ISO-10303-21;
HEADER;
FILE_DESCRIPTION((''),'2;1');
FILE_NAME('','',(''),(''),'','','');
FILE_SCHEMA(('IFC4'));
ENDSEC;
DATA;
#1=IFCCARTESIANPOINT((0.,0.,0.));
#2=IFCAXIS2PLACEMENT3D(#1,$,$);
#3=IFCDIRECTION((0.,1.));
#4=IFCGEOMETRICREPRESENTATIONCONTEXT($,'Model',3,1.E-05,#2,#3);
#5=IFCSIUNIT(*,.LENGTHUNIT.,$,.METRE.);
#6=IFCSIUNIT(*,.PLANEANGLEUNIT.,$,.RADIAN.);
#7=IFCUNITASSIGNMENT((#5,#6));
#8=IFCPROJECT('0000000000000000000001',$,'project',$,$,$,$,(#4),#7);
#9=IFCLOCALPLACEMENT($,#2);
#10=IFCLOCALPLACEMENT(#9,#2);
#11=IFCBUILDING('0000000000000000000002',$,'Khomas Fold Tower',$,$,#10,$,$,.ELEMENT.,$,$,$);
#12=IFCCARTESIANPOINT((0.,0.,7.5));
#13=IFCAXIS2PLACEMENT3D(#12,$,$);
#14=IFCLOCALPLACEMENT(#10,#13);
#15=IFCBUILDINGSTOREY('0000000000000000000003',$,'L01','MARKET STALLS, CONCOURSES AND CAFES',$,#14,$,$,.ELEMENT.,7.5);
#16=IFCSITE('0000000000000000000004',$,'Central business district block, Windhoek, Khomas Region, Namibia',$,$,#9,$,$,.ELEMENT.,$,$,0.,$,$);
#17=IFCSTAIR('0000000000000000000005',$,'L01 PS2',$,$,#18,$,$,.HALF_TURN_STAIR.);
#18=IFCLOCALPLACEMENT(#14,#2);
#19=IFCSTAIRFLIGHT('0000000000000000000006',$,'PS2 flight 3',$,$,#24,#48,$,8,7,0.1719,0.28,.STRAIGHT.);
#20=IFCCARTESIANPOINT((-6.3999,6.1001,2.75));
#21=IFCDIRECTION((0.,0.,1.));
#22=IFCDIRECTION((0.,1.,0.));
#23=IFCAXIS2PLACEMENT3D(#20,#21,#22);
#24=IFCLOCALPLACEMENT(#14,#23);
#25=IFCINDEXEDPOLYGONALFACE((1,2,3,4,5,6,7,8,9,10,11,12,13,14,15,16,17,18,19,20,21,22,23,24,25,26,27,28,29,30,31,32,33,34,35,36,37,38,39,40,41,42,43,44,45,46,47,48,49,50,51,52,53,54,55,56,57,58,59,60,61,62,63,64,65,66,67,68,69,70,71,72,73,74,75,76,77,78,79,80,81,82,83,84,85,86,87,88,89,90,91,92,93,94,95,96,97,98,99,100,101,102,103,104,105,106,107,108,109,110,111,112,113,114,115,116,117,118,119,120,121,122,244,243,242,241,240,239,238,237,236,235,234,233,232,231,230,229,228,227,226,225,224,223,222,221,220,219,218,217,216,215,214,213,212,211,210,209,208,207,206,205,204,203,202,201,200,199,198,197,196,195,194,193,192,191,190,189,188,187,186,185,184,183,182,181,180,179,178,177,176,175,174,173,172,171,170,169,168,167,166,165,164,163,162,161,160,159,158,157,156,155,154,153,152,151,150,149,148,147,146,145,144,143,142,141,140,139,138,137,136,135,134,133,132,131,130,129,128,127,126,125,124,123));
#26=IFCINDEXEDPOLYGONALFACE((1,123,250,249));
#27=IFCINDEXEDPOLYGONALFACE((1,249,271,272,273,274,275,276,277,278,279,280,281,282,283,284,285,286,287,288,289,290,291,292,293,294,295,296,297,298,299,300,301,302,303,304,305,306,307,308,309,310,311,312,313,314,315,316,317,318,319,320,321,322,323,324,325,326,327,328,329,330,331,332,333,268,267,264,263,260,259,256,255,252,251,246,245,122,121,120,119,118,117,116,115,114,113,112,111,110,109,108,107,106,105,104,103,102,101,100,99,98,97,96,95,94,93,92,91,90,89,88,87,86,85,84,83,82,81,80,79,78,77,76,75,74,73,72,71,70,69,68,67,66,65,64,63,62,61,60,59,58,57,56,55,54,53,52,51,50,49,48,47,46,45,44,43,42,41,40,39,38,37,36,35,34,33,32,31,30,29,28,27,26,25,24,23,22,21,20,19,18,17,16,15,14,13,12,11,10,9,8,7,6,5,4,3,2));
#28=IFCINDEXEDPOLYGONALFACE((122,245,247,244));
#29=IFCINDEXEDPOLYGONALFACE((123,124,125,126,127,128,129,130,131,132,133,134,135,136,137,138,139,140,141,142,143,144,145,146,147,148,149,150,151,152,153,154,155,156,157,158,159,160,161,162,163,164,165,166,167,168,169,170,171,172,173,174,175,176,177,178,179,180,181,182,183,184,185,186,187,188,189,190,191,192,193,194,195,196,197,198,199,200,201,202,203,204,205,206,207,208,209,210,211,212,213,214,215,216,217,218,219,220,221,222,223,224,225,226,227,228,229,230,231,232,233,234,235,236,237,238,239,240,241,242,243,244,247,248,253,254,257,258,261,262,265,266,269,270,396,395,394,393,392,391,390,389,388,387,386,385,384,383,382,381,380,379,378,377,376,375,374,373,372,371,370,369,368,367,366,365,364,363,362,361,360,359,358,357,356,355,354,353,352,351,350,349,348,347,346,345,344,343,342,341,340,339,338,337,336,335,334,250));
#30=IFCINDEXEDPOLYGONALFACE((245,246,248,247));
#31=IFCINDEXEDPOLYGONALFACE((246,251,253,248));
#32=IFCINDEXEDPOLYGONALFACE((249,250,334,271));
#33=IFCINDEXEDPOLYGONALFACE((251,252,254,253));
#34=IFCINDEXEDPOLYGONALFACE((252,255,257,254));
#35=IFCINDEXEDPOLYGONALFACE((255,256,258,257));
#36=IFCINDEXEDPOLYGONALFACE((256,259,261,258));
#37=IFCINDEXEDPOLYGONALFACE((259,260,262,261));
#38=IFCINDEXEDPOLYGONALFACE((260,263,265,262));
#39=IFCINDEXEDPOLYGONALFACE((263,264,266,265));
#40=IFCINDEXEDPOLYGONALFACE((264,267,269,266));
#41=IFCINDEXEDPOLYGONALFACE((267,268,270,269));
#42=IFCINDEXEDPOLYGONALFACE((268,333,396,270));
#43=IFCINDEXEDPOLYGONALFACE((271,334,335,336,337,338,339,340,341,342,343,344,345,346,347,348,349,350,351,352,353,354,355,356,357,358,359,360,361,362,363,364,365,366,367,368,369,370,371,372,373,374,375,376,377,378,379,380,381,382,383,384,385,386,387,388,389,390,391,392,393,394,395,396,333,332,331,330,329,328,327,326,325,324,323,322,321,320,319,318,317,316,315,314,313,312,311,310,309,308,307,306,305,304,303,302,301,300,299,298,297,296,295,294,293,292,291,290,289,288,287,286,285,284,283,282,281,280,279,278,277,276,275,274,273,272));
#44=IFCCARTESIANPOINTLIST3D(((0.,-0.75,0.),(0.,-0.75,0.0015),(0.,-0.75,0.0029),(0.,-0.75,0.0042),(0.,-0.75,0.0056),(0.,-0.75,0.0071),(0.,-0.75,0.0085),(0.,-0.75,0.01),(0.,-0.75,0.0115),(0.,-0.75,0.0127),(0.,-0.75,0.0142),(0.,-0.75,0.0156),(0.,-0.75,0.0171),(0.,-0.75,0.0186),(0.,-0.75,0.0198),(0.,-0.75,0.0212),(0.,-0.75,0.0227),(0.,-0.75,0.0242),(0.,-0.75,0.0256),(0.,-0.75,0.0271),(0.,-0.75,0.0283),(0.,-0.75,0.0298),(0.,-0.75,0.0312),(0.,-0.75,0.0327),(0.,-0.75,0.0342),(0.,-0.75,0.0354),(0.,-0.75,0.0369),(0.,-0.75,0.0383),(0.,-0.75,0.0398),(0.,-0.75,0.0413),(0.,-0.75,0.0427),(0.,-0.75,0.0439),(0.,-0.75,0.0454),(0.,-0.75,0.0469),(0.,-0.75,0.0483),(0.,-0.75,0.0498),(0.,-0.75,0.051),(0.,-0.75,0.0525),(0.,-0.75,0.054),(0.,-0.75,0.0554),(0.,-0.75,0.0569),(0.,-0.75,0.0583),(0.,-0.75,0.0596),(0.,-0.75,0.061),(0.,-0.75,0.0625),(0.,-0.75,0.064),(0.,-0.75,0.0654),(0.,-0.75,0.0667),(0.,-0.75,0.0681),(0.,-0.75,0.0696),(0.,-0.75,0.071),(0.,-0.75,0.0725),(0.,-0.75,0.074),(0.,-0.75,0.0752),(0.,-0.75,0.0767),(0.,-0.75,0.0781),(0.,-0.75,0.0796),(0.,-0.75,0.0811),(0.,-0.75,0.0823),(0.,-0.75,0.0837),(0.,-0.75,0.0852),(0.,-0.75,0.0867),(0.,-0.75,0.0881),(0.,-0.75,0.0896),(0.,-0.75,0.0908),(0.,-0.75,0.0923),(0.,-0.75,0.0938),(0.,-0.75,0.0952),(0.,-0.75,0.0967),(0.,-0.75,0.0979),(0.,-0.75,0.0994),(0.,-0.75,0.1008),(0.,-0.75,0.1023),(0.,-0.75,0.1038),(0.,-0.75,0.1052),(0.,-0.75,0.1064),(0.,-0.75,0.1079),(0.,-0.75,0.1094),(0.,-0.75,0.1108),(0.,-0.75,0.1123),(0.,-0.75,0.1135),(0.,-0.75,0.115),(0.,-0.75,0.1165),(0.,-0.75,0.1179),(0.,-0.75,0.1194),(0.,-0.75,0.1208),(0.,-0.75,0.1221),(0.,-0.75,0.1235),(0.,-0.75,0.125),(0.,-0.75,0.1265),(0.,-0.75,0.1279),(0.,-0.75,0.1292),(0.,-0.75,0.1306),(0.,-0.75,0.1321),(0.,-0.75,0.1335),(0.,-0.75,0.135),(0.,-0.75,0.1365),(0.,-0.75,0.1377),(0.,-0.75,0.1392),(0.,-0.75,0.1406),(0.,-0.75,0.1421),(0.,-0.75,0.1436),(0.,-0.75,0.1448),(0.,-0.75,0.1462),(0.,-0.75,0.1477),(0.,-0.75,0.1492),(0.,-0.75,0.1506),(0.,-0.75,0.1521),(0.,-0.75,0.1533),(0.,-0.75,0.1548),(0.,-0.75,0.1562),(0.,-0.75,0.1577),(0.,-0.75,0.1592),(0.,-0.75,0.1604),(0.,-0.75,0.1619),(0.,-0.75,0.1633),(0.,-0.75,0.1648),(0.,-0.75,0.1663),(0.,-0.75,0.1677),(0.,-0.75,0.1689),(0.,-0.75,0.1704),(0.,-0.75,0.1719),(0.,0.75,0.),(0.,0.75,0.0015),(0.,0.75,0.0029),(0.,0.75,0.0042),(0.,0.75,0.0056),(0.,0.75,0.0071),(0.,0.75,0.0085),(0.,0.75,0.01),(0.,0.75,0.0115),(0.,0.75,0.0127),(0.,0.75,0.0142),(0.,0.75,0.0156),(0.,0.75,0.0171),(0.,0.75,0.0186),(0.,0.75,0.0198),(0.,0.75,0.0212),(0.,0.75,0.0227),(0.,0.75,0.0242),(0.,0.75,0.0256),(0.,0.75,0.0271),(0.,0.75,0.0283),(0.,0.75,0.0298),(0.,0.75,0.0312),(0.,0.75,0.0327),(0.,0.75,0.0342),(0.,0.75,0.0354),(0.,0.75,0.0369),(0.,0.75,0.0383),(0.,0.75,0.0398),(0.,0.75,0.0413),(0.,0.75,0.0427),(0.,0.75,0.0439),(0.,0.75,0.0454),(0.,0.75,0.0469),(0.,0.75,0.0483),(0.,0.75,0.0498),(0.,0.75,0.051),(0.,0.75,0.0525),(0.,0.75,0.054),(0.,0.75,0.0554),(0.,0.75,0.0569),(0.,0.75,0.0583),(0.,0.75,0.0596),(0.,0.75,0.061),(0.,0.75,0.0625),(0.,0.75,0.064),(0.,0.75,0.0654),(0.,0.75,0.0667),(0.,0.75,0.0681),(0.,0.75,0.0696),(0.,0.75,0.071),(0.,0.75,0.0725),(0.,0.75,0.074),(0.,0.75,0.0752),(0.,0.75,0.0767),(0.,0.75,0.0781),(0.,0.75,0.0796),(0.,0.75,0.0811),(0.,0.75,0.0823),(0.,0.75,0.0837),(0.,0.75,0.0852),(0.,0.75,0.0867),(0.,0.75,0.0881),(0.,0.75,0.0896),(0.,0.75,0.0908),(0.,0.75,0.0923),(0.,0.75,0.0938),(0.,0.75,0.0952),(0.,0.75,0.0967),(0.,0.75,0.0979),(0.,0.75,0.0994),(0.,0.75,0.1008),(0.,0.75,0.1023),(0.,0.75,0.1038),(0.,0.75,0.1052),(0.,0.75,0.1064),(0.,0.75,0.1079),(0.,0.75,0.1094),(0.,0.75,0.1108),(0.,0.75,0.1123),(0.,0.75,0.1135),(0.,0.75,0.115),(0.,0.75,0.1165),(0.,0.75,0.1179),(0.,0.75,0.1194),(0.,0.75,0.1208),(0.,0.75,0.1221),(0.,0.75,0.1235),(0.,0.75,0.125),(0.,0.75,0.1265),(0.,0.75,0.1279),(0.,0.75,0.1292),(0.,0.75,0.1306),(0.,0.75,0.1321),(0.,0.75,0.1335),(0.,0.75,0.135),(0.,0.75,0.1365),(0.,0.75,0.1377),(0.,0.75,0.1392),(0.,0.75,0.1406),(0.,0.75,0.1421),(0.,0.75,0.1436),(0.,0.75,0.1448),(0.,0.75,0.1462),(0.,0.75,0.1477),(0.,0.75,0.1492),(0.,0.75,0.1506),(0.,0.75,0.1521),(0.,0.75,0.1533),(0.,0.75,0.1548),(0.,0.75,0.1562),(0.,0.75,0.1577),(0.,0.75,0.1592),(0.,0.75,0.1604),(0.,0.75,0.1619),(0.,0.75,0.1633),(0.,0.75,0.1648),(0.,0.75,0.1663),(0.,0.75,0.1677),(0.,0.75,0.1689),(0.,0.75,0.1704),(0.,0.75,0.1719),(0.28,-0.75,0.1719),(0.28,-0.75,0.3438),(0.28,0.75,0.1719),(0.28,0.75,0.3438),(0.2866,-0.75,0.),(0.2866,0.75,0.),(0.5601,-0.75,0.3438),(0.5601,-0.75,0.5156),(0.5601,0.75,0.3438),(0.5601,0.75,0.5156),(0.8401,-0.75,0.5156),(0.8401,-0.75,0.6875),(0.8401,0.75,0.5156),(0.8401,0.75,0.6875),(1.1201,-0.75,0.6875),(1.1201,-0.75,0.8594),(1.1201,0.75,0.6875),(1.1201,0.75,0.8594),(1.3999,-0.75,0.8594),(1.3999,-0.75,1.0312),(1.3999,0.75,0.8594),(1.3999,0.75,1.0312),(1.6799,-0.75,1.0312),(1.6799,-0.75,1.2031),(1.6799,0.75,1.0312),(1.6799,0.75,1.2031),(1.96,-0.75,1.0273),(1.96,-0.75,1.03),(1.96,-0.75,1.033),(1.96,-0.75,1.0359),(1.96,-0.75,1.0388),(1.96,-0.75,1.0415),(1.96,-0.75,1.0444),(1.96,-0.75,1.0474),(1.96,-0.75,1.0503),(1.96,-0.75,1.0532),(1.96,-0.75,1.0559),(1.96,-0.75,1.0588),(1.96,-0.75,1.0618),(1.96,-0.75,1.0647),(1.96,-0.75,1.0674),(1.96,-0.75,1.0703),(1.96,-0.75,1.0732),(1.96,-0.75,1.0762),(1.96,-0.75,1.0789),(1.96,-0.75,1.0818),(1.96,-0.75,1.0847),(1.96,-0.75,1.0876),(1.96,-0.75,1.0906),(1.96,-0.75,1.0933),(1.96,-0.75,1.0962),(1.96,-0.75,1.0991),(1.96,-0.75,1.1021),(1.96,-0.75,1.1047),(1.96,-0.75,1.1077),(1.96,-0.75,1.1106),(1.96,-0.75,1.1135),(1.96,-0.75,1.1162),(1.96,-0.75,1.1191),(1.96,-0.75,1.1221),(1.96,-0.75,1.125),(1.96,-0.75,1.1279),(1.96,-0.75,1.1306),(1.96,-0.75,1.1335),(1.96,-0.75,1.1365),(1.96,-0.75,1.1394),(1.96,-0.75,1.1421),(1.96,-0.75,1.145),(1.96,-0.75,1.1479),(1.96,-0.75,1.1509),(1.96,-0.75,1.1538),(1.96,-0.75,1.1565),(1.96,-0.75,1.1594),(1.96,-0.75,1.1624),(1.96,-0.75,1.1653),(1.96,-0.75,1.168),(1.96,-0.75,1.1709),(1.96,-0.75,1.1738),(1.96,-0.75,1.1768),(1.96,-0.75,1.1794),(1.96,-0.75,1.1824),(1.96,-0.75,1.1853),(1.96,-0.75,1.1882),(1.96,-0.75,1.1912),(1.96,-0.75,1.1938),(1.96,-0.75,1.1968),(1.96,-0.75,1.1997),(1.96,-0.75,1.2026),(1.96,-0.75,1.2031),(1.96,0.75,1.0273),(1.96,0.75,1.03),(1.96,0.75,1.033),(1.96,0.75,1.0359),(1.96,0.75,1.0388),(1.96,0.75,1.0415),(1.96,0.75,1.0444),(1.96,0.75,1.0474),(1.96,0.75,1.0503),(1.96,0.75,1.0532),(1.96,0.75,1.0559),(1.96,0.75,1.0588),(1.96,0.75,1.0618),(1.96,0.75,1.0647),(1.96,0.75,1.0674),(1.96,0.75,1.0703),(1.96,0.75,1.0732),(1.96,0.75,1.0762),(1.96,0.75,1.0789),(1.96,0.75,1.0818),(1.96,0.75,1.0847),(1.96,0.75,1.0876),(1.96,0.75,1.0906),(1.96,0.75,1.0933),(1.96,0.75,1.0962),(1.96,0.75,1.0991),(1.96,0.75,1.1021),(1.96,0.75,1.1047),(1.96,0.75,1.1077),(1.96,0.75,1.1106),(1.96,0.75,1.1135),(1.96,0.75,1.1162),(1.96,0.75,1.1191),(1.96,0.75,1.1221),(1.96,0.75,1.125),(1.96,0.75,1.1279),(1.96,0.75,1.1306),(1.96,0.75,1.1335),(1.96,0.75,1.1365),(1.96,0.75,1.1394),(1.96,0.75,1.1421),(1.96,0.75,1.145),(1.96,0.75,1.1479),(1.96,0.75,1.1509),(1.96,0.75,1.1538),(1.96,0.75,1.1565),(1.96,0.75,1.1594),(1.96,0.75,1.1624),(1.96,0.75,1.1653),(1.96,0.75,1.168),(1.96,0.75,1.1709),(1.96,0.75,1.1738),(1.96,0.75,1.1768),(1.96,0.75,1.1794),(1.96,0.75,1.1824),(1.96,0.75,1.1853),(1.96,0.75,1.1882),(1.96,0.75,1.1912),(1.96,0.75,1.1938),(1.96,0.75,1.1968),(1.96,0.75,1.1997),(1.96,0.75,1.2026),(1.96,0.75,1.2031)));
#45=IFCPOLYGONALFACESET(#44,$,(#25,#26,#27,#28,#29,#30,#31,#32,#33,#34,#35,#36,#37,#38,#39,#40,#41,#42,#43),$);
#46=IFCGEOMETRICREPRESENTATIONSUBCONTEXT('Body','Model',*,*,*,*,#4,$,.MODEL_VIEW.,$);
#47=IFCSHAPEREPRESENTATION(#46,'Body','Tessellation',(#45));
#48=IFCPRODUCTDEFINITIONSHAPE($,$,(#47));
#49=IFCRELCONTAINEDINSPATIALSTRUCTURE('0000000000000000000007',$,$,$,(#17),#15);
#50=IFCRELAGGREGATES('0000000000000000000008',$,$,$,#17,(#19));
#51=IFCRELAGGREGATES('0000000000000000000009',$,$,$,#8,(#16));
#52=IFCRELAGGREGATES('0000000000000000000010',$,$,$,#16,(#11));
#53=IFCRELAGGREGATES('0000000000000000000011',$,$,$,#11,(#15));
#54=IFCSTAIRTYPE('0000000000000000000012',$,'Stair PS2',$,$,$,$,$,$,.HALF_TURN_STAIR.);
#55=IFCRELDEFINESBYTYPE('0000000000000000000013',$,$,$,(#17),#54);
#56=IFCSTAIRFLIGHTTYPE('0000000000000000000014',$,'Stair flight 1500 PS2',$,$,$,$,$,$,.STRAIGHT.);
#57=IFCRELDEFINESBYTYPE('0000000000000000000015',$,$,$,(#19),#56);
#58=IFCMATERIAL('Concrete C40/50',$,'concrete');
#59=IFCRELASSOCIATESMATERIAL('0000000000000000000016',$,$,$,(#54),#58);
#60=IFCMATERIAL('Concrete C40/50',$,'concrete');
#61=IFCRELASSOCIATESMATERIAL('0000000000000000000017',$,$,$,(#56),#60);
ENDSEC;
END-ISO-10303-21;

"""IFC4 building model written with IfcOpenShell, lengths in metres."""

from ifc_helpers import new_model, si_unit, direction, frame, origin, place, context, subcontext, project, spatial, polyline, outline, extrude, source, transform, mapped, material, type_object, element, aggregate, save


model = new_model("IFC4")

# Units and contexts
model_context = context("Model", 3, precision=1e-05, world=origin(), true_north=direction((0.0, 1.0)))
body_context = subcontext(model_context, "Body", "Model", "MODEL_VIEW")
ifc_project = project(units=[si_unit("LENGTHUNIT", "METRE"), si_unit("PLANEANGLEUNIT", "RADIAN")], contexts=[model_context])

# Site, building, storey
site_placement = place(None, origin())
site = spatial("IfcSite", under=ifc_project, at=site_placement, Name="Central business district block, Windhoek, Khomas Region, Namibia", CompositionType="ELEMENT", RefElevation=0.0)
building_placement = place(site_placement, origin())
building = spatial("IfcBuilding", under=site, at=building_placement, Name="Khomas Fold Tower", CompositionType="ELEMENT")
storey_placement = place(building_placement, frame((0.0, 0.0, 7.5)))
storey = spatial("IfcBuildingStorey", under=building, at=storey_placement, Name="L01", Description="MARKET STALLS, CONCOURSES AND CAFES", CompositionType="ELEMENT", Elevation=7.5)

# Stair, stair flight
ifc_material_1 = material(Name="Concrete C40/50", Category="concrete")
stair_type = type_object("IfcStairType", Name="Stair PS2", PredefinedType="HALF_TURN_STAIR", material=ifc_material_1)
stair_placement = place(storey_placement, origin())
stair = element("IfcStair", 1, at=stair_placement, inside=storey, type_object=stair_type, Name="L01 PS2", PredefinedType="HALF_TURN_STAIR")
ifc_material_2 = material(Name="Concrete C40/50", Category="concrete")
stair_flight_type = type_object("IfcStairFlightType", Name="Stair flight 1500 PS2", PredefinedType="STRAIGHT", material=ifc_material_2)
shared_shape_1 = source(origin(), body_context, "Body", "SweptSolid", [
    extrude(outline(polyline([(0.0, 0.0), (0.0, 0.0015), (0.0, 0.0029), (0.0, 0.0042), (0.0, 0.0056), (0.0, 0.0071), (0.0, 0.0085), (0.0, 0.01), (0.0, 0.0115), (0.0, 0.0127), (0.0, 0.0142), (0.0, 0.0156), (0.0, 0.0171), (0.0, 0.0186), (0.0, 0.0198), (0.0, 0.0212), (0.0, 0.0227), (0.0, 0.0242), (0.0, 0.0256), (0.0, 0.0271), (0.0, 0.0283), (0.0, 0.0298), (0.0, 0.0312), (0.0, 0.0327), (0.0, 0.0342), (0.0, 0.0354), (0.0, 0.0369), (0.0, 0.0383), (0.0, 0.0398), (0.0, 0.0413), (0.0, 0.0427), (0.0, 0.0439), (0.0, 0.0454), (0.0, 0.0469), (0.0, 0.0483), (0.0, 0.0498), (0.0, 0.051), (0.0, 0.0525), (0.0, 0.054), (0.0, 0.0554), (0.0, 0.0569), (0.0, 0.0583), (0.0, 0.0596), (0.0, 0.061), (0.0, 0.0625), (0.0, 0.064), (0.0, 0.0654), (0.0, 0.0667), (0.0, 0.0681), (0.0, 0.0696), (0.0, 0.071), (0.0, 0.0725), (0.0, 0.074), (0.0, 0.0752), (0.0, 0.0767), (0.0, 0.0781), (0.0, 0.0796), (0.0, 0.0811), (0.0, 0.0823), (0.0, 0.0837), (0.0, 0.0852), (0.0, 0.0867), (0.0, 0.0881), (0.0, 0.0896), (0.0, 0.0908), (0.0, 0.0923), (0.0, 0.0938), (0.0, 0.0952), (0.0, 0.0967), (0.0, 0.0979), (0.0, 0.0994), (0.0, 0.1008), (0.0, 0.1023), (0.0, 0.1038), (0.0, 0.1052), (0.0, 0.1064), (0.0, 0.1079), (0.0, 0.1094), (0.0, 0.1108), (0.0, 0.1123), (0.0, 0.1135), (0.0, 0.115), (0.0, 0.1165), (0.0, 0.1179), (0.0, 0.1194), (0.0, 0.1208), (0.0, 0.1221), (0.0, 0.1235), (0.0, 0.125), (0.0, 0.1265), (0.0, 0.1279), (0.0, 0.1292), (0.0, 0.1306), (0.0, 0.1321), (0.0, 0.1335), (0.0, 0.135), (0.0, 0.1365), (0.0, 0.1377), (0.0, 0.1392), (0.0, 0.1406), (0.0, 0.1421), (0.0, 0.1436), (0.0, 0.1448), (0.0, 0.1462), (0.0, 0.1477), (0.0, 0.1492), (0.0, 0.1506), (0.0, 0.1521), (0.0, 0.1533), (0.0, 0.1548), (0.0, 0.1562), (0.0, 0.1577), (0.0, 0.1592), (0.0, 0.1604), (0.0, 0.1619), (0.0, 0.1633), (0.0, 0.1648), (0.0, 0.1663), (0.0, 0.1677), (0.0, 0.1689), (0.0, 0.1704), (0.0, 0.1719), (0.28, 0.1719), (0.28, 0.3438), (0.5601, 0.3438), (0.5601, 0.5156), (0.8401, 0.5156), (0.8401, 0.6875), (1.1201, 0.6875), (1.1201, 0.8594), (1.3999, 0.8594), (1.3999, 1.0312), (1.6799, 1.0312), (1.6799, 1.2031), (1.96, 1.2031), (1.96, 1.375), (1.96, 1.3721), (1.96, 1.3691), (1.96, 1.3665), (1.96, 1.3635), (1.96, 1.3606), (1.96, 1.3577), (1.96, 1.355), (1.96, 1.3521), (1.96, 1.3491), (1.96, 1.3462), (1.96, 1.3435), (1.96, 1.3406), (1.96, 1.3376), (1.96, 1.3347), (1.96, 1.3318), (1.96, 1.3291), (1.96, 1.3262), (1.96, 1.3232), (1.96, 1.3203), (1.96, 1.3176), (1.96, 1.3147), (1.96, 1.3118), (1.96, 1.3088), (1.96, 1.3059), (1.96, 1.3032), (1.96, 1.3003), (1.96, 1.2974), (1.96, 1.2944), (1.96, 1.2917), (1.96, 1.2888), (1.96, 1.2859), (1.96, 1.283), (1.96, 1.2803), (1.96, 1.2773), (1.96, 1.2744), (1.96, 1.2715), (1.96, 1.2686), (1.96, 1.2659), (1.96, 1.2629), (1.96, 1.26), (1.96, 1.2571), (1.96, 1.2544), (1.96, 1.2515), (1.96, 1.2485), (1.96, 1.2456), (1.96, 1.2427), (1.96, 1.24), (1.96, 1.2371), (1.96, 1.2341), (1.96, 1.2312), (1.96, 1.2285), (1.96, 1.2256), (1.96, 1.2227), (1.96, 1.2197), (1.96, 1.217), (1.96, 1.2141), (1.96, 1.2112), (1.96, 1.2083), (1.96, 1.2053), (1.96, 1.2026), (1.96, 1.1997), (1.96, 1.1968), (1.96, 1.1938), (1.96, 1.1912), (1.96, 1.1882), (1.96, 1.1853), (1.96, 1.1824), (1.96, 1.1794), (1.96, 1.1768), (1.96, 1.1738), (1.96, 1.1709), (1.96, 1.168), (1.96, 1.1653), (1.96, 1.1624), (1.96, 1.1594), (1.96, 1.1565), (1.96, 1.1538), (1.96, 1.1509), (1.96, 1.1479), (1.96, 1.145), (1.96, 1.1421), (1.96, 1.1394), (1.96, 1.1365), (1.96, 1.1335), (1.96, 1.1306), (1.96, 1.1279), (1.96, 1.125), (1.96, 1.1221), (1.96, 1.1191), (1.96, 1.1162), (1.96, 1.1135), (1.96, 1.1106), (1.96, 1.1077), (1.96, 1.1047), (1.96, 1.1021), (1.96, 1.0991), (1.96, 1.0962), (1.96, 1.0933), (1.96, 1.0906), (1.96, 1.0876), (1.96, 1.0847), (1.96, 1.0818), (1.96, 1.0789), (1.96, 1.0762), (1.96, 1.0732), (1.96, 1.0703), (1.96, 1.0674), (1.96, 1.0647), (1.96, 1.0618), (1.96, 1.0588), (1.96, 1.0559), (1.96, 1.0532), (1.96, 1.0503), (1.96, 1.0474), (1.96, 1.0444), (1.96, 1.0415), (1.96, 1.0388), (1.96, 1.0359), (1.96, 1.033), (1.96, 1.03), (1.96, 1.0273), (0.2866, 0.0), (0.0, 0.0)])), frame((0.0, 0.75, 0.0), z_axis=(0.0, -1.0, 0.0), x_axis=(1.0, 0.0, 0.0)), (0.0, 0.0, 1.0), 1.5),
])
stair_flight_1_placement = place(storey_placement, frame((-6.3999, 6.1001, 2.75), z_axis=(0.0, 0.0, 1.0), x_axis=(0.0, 1.0, 0.0)))
stair_flight_1 = element("IfcStairFlight", 2, at=stair_flight_1_placement, type_object=stair_flight_type, Name="PS2 flight 3", NumberOfRisers=8, NumberOfTreads=7, PredefinedType="STRAIGHT", RiserHeight=0.1719, TreadLength=0.28, context=body_context, shape_type="MappedRepresentation", body=[
    mapped(shared_shape_1, transform((0.0, 0.0, 0.0))),
])
aggregate(stair, [stair_flight_1])

save(model, "model.ifc")
